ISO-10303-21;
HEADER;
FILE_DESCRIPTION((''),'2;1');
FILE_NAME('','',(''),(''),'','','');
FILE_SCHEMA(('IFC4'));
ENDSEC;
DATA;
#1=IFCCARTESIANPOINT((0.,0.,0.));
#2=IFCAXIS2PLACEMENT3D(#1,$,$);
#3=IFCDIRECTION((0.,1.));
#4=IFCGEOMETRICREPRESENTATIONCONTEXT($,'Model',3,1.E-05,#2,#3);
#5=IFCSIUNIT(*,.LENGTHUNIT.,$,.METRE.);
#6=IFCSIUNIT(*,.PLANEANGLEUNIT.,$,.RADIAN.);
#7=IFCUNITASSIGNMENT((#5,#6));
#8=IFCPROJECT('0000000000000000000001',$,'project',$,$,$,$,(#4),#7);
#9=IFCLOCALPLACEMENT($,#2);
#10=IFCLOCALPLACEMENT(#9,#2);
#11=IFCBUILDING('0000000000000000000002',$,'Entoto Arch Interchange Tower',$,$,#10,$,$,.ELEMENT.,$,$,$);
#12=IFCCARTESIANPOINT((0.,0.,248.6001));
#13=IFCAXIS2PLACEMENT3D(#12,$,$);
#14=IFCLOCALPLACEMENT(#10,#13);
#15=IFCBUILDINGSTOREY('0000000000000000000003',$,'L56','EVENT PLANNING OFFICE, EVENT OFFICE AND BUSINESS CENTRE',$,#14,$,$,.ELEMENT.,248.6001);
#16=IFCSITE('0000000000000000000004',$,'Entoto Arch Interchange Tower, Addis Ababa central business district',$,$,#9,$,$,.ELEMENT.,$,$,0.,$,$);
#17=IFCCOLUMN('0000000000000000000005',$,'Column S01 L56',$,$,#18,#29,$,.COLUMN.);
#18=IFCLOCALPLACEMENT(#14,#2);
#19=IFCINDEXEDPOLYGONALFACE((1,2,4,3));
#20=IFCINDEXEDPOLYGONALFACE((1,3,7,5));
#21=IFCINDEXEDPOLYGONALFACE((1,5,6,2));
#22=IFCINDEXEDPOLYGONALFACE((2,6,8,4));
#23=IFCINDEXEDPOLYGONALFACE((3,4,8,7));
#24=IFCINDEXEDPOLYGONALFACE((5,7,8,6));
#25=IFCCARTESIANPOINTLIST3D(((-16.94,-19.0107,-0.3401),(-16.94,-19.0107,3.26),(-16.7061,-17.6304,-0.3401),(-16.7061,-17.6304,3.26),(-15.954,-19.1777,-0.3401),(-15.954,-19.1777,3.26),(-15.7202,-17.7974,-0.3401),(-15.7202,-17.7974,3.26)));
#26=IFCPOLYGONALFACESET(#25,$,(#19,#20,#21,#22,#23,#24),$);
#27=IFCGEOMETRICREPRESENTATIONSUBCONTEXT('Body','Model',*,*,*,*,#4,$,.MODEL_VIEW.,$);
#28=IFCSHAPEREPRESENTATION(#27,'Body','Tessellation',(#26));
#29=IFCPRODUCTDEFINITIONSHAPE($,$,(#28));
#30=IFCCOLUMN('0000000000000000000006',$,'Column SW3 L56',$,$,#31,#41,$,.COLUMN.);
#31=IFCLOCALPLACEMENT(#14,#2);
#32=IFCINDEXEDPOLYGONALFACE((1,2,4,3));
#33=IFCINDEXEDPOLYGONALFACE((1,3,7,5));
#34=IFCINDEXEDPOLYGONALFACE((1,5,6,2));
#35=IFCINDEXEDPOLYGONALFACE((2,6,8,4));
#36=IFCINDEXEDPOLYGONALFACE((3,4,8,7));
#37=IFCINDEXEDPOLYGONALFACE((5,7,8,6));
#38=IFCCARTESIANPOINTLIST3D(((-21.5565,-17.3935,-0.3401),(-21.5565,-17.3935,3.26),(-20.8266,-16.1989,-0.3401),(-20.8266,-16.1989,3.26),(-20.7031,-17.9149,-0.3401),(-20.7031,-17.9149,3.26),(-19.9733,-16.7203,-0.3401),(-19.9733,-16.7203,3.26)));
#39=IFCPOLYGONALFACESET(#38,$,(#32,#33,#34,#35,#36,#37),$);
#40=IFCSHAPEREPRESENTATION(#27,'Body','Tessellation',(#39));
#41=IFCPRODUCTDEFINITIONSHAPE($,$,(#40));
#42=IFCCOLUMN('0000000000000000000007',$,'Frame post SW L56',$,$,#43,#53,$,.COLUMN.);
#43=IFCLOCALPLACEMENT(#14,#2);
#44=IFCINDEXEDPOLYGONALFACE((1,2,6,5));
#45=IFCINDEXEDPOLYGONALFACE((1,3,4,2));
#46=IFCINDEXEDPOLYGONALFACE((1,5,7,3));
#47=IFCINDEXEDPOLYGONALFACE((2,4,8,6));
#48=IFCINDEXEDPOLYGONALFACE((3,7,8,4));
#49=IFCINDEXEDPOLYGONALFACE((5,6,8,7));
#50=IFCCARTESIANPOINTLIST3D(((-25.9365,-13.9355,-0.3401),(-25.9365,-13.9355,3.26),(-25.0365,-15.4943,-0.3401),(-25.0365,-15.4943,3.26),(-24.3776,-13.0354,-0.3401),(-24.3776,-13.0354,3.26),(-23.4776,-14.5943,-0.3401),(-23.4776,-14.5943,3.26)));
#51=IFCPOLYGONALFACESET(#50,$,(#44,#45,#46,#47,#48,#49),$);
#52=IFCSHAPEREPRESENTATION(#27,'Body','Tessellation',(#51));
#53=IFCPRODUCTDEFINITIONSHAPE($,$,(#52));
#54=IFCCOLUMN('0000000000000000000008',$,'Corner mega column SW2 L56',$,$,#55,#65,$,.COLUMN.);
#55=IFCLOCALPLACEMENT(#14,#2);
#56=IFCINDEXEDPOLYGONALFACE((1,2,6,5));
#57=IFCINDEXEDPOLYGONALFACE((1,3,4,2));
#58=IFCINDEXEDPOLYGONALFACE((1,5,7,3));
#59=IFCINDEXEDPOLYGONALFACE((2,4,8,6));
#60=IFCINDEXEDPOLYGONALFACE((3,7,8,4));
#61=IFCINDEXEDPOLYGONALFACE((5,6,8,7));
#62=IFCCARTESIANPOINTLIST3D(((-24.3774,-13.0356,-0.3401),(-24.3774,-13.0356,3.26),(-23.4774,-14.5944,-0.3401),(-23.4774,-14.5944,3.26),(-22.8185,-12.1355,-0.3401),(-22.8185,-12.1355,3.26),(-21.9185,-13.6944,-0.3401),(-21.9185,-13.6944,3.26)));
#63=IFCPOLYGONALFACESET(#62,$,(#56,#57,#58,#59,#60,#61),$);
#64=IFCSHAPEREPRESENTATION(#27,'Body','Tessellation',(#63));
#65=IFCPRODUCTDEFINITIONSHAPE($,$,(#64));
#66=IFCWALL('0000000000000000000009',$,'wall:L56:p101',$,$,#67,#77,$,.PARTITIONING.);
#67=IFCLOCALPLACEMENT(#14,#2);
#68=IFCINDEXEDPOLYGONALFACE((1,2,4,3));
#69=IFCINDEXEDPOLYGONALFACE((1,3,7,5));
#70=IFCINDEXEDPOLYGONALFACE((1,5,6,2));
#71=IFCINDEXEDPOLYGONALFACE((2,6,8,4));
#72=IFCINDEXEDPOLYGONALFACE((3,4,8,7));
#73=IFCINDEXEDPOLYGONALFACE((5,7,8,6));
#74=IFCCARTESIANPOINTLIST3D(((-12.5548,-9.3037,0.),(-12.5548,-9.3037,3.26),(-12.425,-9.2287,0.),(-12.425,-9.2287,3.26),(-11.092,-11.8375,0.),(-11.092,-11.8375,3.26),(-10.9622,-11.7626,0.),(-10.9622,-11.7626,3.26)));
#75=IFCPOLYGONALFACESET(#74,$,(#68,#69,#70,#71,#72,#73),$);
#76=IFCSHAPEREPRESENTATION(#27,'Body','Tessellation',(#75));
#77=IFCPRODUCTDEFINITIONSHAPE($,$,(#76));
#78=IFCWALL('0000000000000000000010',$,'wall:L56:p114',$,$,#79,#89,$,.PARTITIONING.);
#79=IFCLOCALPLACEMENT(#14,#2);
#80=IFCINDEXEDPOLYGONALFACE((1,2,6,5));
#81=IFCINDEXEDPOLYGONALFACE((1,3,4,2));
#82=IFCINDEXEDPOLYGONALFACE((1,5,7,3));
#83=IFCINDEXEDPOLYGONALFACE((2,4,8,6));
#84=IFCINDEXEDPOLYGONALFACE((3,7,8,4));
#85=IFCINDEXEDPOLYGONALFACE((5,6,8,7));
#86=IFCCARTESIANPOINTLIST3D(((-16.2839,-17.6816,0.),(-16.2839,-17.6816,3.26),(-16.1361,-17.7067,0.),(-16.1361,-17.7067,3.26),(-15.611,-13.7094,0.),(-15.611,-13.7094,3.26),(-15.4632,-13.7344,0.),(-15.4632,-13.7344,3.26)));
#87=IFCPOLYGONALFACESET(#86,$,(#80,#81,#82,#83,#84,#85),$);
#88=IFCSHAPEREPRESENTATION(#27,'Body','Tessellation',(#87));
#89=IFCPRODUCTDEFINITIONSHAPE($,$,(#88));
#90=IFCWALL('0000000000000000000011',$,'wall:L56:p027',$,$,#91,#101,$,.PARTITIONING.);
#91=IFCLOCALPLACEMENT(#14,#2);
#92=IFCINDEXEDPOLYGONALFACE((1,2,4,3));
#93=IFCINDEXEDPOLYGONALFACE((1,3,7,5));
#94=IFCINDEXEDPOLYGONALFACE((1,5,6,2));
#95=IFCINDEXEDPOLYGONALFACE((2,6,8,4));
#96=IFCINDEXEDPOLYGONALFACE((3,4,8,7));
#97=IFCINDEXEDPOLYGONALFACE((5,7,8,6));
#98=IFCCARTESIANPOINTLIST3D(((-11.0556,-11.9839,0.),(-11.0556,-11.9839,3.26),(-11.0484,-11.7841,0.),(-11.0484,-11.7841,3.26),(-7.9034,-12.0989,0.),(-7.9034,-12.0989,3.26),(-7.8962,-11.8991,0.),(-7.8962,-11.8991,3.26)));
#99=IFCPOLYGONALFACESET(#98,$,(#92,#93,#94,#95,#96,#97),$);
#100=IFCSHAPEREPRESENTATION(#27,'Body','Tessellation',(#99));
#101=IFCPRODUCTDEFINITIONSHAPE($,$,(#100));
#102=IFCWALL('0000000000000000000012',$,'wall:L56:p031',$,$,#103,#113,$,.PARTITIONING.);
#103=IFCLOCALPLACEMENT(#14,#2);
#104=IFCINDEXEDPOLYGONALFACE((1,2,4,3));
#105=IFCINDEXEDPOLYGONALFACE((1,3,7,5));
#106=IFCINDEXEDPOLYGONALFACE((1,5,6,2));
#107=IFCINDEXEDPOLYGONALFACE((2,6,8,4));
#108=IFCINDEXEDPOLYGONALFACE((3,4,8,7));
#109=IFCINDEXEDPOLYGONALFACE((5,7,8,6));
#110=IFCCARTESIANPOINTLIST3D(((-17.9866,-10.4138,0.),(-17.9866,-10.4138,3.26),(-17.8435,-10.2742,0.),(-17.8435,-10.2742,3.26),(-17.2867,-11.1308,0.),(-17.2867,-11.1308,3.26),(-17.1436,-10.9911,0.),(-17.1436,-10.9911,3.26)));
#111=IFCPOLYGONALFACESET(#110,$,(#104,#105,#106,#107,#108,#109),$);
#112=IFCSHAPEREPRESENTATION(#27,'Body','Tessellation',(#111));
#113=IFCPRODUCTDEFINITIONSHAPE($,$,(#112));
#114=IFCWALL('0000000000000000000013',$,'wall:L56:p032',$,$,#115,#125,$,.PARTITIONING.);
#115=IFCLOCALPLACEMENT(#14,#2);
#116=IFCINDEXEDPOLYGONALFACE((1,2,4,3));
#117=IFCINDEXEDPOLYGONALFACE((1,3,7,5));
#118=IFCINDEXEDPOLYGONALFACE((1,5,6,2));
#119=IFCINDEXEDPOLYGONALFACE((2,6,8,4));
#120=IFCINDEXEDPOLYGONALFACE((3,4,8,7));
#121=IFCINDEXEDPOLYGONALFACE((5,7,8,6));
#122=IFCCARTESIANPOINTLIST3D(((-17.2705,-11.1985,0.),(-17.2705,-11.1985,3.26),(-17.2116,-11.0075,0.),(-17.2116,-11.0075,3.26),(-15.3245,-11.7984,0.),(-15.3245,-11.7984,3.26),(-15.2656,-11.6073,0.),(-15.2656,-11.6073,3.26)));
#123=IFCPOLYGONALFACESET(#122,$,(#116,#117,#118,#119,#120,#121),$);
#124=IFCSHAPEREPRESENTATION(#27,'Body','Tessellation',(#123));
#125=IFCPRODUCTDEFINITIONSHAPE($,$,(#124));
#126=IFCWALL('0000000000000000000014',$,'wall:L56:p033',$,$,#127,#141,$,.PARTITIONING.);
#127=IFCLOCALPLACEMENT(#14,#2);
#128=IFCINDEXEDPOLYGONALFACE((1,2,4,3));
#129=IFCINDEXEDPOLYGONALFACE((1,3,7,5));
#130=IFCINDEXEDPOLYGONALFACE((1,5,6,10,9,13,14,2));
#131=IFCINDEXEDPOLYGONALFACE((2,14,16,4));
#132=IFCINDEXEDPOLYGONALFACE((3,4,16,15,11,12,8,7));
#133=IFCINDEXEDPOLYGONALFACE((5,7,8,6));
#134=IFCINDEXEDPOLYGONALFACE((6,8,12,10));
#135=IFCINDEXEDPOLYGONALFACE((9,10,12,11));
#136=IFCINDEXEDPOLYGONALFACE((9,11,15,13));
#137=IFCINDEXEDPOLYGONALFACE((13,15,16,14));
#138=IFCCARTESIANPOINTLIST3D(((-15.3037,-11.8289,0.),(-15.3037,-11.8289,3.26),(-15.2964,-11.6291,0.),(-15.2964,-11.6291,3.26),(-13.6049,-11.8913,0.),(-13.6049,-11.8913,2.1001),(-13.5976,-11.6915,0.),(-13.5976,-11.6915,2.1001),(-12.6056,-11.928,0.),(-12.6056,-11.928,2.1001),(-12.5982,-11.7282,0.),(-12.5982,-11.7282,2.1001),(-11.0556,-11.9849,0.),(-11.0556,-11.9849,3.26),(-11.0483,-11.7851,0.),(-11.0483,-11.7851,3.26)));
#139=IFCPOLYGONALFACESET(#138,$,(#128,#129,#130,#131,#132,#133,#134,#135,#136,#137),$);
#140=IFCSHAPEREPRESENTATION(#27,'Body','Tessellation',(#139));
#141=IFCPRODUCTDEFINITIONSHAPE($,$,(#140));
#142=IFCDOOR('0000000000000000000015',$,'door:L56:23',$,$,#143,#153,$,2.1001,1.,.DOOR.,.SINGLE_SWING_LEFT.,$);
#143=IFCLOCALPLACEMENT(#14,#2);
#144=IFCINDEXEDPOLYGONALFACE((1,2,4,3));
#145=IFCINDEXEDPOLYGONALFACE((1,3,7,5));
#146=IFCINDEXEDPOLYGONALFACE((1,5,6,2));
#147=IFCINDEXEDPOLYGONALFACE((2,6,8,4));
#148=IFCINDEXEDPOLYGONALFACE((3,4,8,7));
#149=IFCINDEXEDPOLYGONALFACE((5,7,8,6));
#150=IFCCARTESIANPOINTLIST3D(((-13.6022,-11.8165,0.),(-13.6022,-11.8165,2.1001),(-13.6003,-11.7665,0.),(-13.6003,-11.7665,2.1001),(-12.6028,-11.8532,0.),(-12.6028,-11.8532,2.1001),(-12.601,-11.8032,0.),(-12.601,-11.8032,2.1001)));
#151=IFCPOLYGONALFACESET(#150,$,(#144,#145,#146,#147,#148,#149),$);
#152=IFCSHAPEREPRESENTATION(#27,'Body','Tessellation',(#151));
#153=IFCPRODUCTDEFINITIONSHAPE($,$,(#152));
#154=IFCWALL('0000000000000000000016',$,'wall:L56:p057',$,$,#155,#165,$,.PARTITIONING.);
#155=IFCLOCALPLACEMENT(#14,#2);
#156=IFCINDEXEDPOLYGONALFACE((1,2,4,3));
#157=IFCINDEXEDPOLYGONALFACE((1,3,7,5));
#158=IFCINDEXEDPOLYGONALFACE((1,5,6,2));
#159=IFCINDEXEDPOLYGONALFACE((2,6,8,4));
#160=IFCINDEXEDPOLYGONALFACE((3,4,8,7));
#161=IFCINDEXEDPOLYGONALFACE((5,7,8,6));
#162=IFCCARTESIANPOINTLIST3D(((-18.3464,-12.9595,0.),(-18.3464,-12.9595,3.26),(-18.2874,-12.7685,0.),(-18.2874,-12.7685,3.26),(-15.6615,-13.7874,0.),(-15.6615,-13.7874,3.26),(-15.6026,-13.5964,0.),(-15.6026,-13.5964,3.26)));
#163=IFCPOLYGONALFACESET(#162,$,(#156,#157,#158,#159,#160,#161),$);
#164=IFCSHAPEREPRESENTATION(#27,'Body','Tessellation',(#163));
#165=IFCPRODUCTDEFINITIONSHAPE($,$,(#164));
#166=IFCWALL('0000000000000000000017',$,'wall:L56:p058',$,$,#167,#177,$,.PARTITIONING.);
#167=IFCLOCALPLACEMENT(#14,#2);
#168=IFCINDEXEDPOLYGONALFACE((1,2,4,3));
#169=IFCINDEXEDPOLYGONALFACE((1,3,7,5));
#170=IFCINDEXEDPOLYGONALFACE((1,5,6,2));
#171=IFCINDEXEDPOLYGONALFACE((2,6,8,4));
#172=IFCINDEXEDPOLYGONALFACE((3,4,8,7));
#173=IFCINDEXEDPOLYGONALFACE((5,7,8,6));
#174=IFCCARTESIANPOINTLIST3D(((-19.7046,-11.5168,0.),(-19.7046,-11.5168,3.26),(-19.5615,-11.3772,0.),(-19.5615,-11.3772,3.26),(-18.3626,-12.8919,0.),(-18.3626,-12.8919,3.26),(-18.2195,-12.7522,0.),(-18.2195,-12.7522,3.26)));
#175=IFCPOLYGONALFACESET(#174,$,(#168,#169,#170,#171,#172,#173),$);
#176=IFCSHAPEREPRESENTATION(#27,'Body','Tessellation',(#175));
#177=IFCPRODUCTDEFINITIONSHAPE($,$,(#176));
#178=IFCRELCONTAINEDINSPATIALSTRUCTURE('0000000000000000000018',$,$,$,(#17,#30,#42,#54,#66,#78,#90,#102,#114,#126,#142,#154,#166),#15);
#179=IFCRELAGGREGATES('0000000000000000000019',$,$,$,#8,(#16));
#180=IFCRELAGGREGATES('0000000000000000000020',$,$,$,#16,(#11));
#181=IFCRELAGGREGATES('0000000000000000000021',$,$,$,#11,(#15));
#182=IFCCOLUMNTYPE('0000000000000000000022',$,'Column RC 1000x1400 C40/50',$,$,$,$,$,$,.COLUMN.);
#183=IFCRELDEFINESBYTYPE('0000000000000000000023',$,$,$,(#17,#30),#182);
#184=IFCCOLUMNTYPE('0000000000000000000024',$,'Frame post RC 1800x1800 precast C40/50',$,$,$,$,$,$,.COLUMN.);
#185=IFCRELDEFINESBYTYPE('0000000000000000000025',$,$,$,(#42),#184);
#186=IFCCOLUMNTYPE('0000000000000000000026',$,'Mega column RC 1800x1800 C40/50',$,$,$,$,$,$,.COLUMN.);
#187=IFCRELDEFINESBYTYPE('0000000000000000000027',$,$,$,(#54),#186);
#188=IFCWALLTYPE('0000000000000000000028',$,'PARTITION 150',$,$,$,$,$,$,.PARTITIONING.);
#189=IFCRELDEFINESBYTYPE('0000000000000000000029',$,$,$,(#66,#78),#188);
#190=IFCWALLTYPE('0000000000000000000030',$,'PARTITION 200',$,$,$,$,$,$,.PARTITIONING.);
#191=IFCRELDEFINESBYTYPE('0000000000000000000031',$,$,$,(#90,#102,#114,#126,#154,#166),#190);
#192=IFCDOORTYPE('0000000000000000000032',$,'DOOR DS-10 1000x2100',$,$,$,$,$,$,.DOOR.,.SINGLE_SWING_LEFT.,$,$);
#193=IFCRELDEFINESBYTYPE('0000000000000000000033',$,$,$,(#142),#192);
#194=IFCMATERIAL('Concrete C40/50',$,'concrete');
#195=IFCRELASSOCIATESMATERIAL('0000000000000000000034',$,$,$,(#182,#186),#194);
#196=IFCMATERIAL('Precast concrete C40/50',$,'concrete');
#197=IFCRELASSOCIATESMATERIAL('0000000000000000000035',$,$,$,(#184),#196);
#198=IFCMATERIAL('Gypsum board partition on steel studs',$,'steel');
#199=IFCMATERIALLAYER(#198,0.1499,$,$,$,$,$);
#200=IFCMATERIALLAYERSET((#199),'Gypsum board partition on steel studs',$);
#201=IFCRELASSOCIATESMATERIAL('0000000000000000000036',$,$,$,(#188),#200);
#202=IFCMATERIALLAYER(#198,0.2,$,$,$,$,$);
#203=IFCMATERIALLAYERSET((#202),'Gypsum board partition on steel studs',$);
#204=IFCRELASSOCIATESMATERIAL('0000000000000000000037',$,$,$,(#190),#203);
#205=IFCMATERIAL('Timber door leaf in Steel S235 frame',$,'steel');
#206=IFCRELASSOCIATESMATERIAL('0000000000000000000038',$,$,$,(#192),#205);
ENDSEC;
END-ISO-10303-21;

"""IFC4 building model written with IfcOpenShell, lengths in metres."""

from ifc_helpers import new_model, si_unit, direction, frame, frame_2d, origin, origin_2d, place, context, subcontext, project, spatial, rectangle, extrude, material, layer, layer_set, material_profile, profile_set, type_object, element, fill, save


model = new_model("IFC4")

# Units and contexts
model_context = context("Model", 3, precision=1e-05, world=origin(), true_north=direction((0.0, 1.0)))
body_context = subcontext(model_context, "Body", "Model", "MODEL_VIEW")
ifc_project = project(units=[si_unit("LENGTHUNIT", "METRE"), si_unit("PLANEANGLEUNIT", "RADIAN")], contexts=[model_context])

# Site, building, storey
site_placement = place(None, origin())
site = spatial("IfcSite", under=ifc_project, at=site_placement, Name="Entoto Arch Interchange Tower, Addis Ababa central business district", CompositionType="ELEMENT", RefElevation=0.0)
building_placement = place(site_placement, origin())
building = spatial("IfcBuilding", under=site, at=building_placement, Name="Entoto Arch Interchange Tower", CompositionType="ELEMENT")
storey_placement = place(building_placement, frame((0.0, 0.0, 248.6001)))
storey = spatial("IfcBuildingStorey", under=building, at=storey_placement, Name="L56", Description="EVENT PLANNING OFFICE, EVENT OFFICE AND BUSINESS CENTRE", CompositionType="ELEMENT", Elevation=248.6001)

# Columns
ifc_material_1 = material(Name="Concrete C40/50", Category="concrete")
ifc_material_profile_1 = material_profile(ifc_material_1, rectangle(XDim=1.0, YDim=1.3999, at=origin_2d()))
ifc_profile_set_1 = profile_set([ifc_material_profile_1], Name="Concrete C40/50")
column_type_1 = type_object("IfcColumnType", Name="Column RC 1000x1400 C40/50", PredefinedType="COLUMN", material=ifc_profile_set_1)
for number, where, z_axis, x_axis, name in (
    (1, (-16.3301, -18.4041, -0.3401), (0.0, 0.0, 1.0), (-0.985952, 0.167027, 0.0), "Column S01 L56"),
    (2, (-20.7649, -17.0569, -0.3401), (0.0, 0.0, 1.0), (-0.853342, 0.521352, 0.0), "Column SW3 L56"),
):
    element("IfcColumn", number, at=place(storey_placement, frame(where, z_axis=z_axis, x_axis=x_axis)), inside=storey, type_object=column_type_1, Name=name, PredefinedType="COLUMN", context=body_context, shape_type="SweptSolid", body=[
        extrude(rectangle(XDim=1.0, YDim=1.3999, at=origin_2d()), origin(), (0.0, 0.0, 1.0), 3.6001),
    ])
ifc_material_2 = material(Name="Precast concrete C40/50", Category="concrete")
ifc_material_profile_2 = material_profile(ifc_material_2, rectangle(XDim=1.8, YDim=1.8, at=origin_2d()))
ifc_profile_set_2 = profile_set([ifc_material_profile_2], Name="Precast concrete C40/50")
column_type_2 = type_object("IfcColumnType", Name="Frame post RC 1800x1800 precast C40/50", PredefinedType="COLUMN", material=ifc_profile_set_2)
column_1_placement = place(storey_placement, frame((-24.707, -14.2649, -0.3401), z_axis=(0.0, 0.0, 1.0), x_axis=(0.866025, 0.5, 0.0)))
element("IfcColumn", 3, at=column_1_placement, inside=storey, type_object=column_type_2, Name="Frame post SW L56", PredefinedType="COLUMN", context=body_context, shape_type="SweptSolid", body=[
    extrude(rectangle(XDim=1.8, YDim=1.8, at=origin_2d()), origin(), (0.0, 0.0, 1.0), 3.6001),
])
ifc_material_profile_3 = material_profile(ifc_material_1, rectangle(XDim=1.8, YDim=1.8, at=origin_2d()))
ifc_profile_set_3 = profile_set([ifc_material_profile_3], Name="Concrete C40/50")
column_type_3 = type_object("IfcColumnType", Name="Mega column RC 1800x1800 C40/50", PredefinedType="COLUMN", material=ifc_profile_set_3)
column_2_placement = place(storey_placement, frame((-23.1479, -13.365, -0.3401), z_axis=(0.0, 0.0, 1.0), x_axis=(0.866025, 0.5, 0.0)))
element("IfcColumn", 4, at=column_2_placement, inside=storey, type_object=column_type_3, Name="Corner mega column SW2 L56", PredefinedType="COLUMN", context=body_context, shape_type="SweptSolid", body=[
    extrude(rectangle(XDim=1.8, YDim=1.8, at=origin_2d()), origin(), (0.0, 0.0, 1.0), 3.6001),
])

# Walls
ifc_material_3 = material(Name="Gypsum board partition on steel studs", Category="steel")
ifc_layer_1 = layer(ifc_material_3, 0.1499)
ifc_layer_set_1 = layer_set([ifc_layer_1], Name="Gypsum board partition on steel studs")
wall_type_1 = type_object("IfcWallType", Name="PARTITION 150", PredefinedType="PARTITIONING", material=ifc_layer_set_1)
wall_1_placement = place(storey_placement, frame((-11.0271, -11.8, 0.0), z_axis=(0.0, 0.0, 1.0), x_axis=(-0.49998, 0.866037, 0.0)))
element("IfcWall", 5, at=wall_1_placement, inside=storey, type_object=wall_type_1, Name="wall:L56:p101", PredefinedType="PARTITIONING", context=body_context, shape_type="SweptSolid", body=[
    extrude(rectangle(XDim=2.9258, YDim=0.1499, at=frame_2d((1.4629, 0.0))), origin(), (0.0, 0.0, 1.0), 3.26),
])
wall_2_placement = place(storey_placement, frame((-15.5371, -13.7219, 0.0), z_axis=(0.0, 0.0, 1.0), x_axis=(-0.167012, -0.985955, 0.0)))
element("IfcWall", 6, at=wall_2_placement, inside=storey, type_object=wall_type_1, Name="wall:L56:p114", PredefinedType="PARTITIONING", context=body_context, shape_type="SweptSolid", body=[
    extrude(rectangle(XDim=4.0288, YDim=0.1499, at=frame_2d((2.0144, 0.0))), origin(), (0.0, 0.0, 1.0), 3.26),
])
ifc_layer_2 = layer(ifc_material_3, 0.2)
ifc_layer_set_2 = layer_set([ifc_layer_2], Name="Gypsum board partition on steel studs")
wall_type_2 = type_object("IfcWallType", Name="PARTITION 200", PredefinedType="PARTITIONING", material=ifc_layer_set_2)
wall_3_placement = place(storey_placement, frame((-11.052, -11.884, 0.0), z_axis=(0.0, 0.0, 1.0), x_axis=(0.999335, -0.036456, 0.0)))
element("IfcWall", 7, at=wall_3_placement, inside=storey, type_object=wall_type_2, Name="wall:L56:p027", PredefinedType="PARTITIONING", context=body_context, shape_type="SweptSolid", body=[
    extrude(rectangle(XDim=3.1543, YDim=0.2, at=frame_2d((1.5771, 0.0))), origin(), (0.0, 0.0, 1.0), 3.26),
])
wall_4_placement = place(storey_placement, frame((-17.915, -10.344, 0.0), z_axis=(0.0, 0.0, 1.0), x_axis=(0.698528, -0.715583, 0.0)))
element("IfcWall", 8, at=wall_4_placement, inside=storey, type_object=wall_type_2, Name="wall:L56:p031", PredefinedType="PARTITIONING", context=body_context, shape_type="SweptSolid", body=[
    extrude(rectangle(XDim=1.002, YDim=0.2, at=frame_2d((0.501, 0.0))), origin(), (0.0, 0.0, 1.0), 3.26),
])
wall_5_placement = place(storey_placement, frame((-17.241, -11.103, 0.0), z_axis=(0.0, 0.0, 1.0), x_axis=(0.955631, -0.294566, 0.0)))
element("IfcWall", 9, at=wall_5_placement, inside=storey, type_object=wall_type_2, Name="wall:L56:p032", PredefinedType="PARTITIONING", context=body_context, shape_type="SweptSolid", body=[
    extrude(rectangle(XDim=2.0364, YDim=0.2, at=frame_2d((1.0181, 0.0))), origin(), (0.0, 0.0, 1.0), 3.26),
])

# Wall, opening, door
wall_6_placement = place(storey_placement, frame((-15.3, -11.729, 0.0), z_axis=(0.0, 0.0, 1.0), x_axis=(0.999326, -0.036699, 0.0)))
wall_6 = element("IfcWall", 10, at=wall_6_placement, inside=storey, type_object=wall_type_2, Name="wall:L56:p033", PredefinedType="PARTITIONING", context=body_context, shape_type="SweptSolid", body=[
    extrude(rectangle(XDim=4.251, YDim=0.2, at=frame_2d((2.1255, 0.0))), origin(), (0.0, 0.0, 1.0), 3.26),
])
opening_1_placement = place(wall_6_placement, frame((1.7, 0.0, 0.0)))
opening_1 = element("IfcOpeningElement", 11, at=opening_1_placement, cuts=wall_6, PredefinedType="OPENING", context=body_context, shape_type="SweptSolid", body=[
    extrude(rectangle(XDim=1.0, YDim=2.1001, at=frame_2d((0.5, 1.05))), frame((0.0, 0.1099, 0.0), z_axis=(0.0, -1.0, 0.0), x_axis=(1.0, 0.0, 0.0)), (0.0, 0.0, 1.0), 0.22),
])
ifc_material_4 = material(Name="Timber door leaf in Steel S235 frame", Category="steel")
door_type = type_object("IfcDoorType", Name="DOOR DS-10 1000x2100", OperationType="SINGLE_SWING_LEFT", PredefinedType="DOOR", material=ifc_material_4)
door_placement = place(opening_1_placement, origin())
door = element("IfcDoor", 12, at=door_placement, inside=storey, type_object=door_type, Name="door:L56:23", OperationType="SINGLE_SWING_LEFT", OverallHeight=2.1001, OverallWidth=1.0, PredefinedType="DOOR", context=body_context, shape_type="SweptSolid", body=[
    extrude(rectangle(XDim=1.0, YDim=2.1001, at=frame_2d((0.5, 1.05))), frame((0.0, 0.0249, 0.0), z_axis=(0.0, -1.0, 0.0), x_axis=(1.0, 0.0, 0.0)), (0.0, 0.0, 1.0), 0.05),
])
fill(opening_1, door)

# Walls
wall_7_placement = place(storey_placement, frame((-15.6321, -13.6919, 0.0), z_axis=(0.0, 0.0, 1.0), x_axis=(-0.9556, 0.294666, 0.0)))
element("IfcWall", 13, at=wall_7_placement, inside=storey, type_object=wall_type_2, Name="wall:L56:p057", PredefinedType="PARTITIONING", context=body_context, shape_type="SweptSolid", body=[
    extrude(rectangle(XDim=2.8096, YDim=0.2, at=frame_2d((1.4048, 0.0))), origin(), (0.0, 0.0, 1.0), 3.26),
])
wall_8_placement = place(storey_placement, frame((-18.291, -12.822, 0.0), z_axis=(0.0, 0.0, 1.0), x_axis=(-0.698478, 0.715632, 0.0)))
element("IfcWall", 14, at=wall_8_placement, inside=storey, type_object=wall_type_2, Name="wall:L56:p058", PredefinedType="PARTITIONING", context=body_context, shape_type="SweptSolid", body=[
    extrude(rectangle(XDim=1.9214, YDim=0.2, at=frame_2d((0.9607, 0.0))), origin(), (0.0, 0.0, 1.0), 3.26),
])

save(model, "model.ifc")
